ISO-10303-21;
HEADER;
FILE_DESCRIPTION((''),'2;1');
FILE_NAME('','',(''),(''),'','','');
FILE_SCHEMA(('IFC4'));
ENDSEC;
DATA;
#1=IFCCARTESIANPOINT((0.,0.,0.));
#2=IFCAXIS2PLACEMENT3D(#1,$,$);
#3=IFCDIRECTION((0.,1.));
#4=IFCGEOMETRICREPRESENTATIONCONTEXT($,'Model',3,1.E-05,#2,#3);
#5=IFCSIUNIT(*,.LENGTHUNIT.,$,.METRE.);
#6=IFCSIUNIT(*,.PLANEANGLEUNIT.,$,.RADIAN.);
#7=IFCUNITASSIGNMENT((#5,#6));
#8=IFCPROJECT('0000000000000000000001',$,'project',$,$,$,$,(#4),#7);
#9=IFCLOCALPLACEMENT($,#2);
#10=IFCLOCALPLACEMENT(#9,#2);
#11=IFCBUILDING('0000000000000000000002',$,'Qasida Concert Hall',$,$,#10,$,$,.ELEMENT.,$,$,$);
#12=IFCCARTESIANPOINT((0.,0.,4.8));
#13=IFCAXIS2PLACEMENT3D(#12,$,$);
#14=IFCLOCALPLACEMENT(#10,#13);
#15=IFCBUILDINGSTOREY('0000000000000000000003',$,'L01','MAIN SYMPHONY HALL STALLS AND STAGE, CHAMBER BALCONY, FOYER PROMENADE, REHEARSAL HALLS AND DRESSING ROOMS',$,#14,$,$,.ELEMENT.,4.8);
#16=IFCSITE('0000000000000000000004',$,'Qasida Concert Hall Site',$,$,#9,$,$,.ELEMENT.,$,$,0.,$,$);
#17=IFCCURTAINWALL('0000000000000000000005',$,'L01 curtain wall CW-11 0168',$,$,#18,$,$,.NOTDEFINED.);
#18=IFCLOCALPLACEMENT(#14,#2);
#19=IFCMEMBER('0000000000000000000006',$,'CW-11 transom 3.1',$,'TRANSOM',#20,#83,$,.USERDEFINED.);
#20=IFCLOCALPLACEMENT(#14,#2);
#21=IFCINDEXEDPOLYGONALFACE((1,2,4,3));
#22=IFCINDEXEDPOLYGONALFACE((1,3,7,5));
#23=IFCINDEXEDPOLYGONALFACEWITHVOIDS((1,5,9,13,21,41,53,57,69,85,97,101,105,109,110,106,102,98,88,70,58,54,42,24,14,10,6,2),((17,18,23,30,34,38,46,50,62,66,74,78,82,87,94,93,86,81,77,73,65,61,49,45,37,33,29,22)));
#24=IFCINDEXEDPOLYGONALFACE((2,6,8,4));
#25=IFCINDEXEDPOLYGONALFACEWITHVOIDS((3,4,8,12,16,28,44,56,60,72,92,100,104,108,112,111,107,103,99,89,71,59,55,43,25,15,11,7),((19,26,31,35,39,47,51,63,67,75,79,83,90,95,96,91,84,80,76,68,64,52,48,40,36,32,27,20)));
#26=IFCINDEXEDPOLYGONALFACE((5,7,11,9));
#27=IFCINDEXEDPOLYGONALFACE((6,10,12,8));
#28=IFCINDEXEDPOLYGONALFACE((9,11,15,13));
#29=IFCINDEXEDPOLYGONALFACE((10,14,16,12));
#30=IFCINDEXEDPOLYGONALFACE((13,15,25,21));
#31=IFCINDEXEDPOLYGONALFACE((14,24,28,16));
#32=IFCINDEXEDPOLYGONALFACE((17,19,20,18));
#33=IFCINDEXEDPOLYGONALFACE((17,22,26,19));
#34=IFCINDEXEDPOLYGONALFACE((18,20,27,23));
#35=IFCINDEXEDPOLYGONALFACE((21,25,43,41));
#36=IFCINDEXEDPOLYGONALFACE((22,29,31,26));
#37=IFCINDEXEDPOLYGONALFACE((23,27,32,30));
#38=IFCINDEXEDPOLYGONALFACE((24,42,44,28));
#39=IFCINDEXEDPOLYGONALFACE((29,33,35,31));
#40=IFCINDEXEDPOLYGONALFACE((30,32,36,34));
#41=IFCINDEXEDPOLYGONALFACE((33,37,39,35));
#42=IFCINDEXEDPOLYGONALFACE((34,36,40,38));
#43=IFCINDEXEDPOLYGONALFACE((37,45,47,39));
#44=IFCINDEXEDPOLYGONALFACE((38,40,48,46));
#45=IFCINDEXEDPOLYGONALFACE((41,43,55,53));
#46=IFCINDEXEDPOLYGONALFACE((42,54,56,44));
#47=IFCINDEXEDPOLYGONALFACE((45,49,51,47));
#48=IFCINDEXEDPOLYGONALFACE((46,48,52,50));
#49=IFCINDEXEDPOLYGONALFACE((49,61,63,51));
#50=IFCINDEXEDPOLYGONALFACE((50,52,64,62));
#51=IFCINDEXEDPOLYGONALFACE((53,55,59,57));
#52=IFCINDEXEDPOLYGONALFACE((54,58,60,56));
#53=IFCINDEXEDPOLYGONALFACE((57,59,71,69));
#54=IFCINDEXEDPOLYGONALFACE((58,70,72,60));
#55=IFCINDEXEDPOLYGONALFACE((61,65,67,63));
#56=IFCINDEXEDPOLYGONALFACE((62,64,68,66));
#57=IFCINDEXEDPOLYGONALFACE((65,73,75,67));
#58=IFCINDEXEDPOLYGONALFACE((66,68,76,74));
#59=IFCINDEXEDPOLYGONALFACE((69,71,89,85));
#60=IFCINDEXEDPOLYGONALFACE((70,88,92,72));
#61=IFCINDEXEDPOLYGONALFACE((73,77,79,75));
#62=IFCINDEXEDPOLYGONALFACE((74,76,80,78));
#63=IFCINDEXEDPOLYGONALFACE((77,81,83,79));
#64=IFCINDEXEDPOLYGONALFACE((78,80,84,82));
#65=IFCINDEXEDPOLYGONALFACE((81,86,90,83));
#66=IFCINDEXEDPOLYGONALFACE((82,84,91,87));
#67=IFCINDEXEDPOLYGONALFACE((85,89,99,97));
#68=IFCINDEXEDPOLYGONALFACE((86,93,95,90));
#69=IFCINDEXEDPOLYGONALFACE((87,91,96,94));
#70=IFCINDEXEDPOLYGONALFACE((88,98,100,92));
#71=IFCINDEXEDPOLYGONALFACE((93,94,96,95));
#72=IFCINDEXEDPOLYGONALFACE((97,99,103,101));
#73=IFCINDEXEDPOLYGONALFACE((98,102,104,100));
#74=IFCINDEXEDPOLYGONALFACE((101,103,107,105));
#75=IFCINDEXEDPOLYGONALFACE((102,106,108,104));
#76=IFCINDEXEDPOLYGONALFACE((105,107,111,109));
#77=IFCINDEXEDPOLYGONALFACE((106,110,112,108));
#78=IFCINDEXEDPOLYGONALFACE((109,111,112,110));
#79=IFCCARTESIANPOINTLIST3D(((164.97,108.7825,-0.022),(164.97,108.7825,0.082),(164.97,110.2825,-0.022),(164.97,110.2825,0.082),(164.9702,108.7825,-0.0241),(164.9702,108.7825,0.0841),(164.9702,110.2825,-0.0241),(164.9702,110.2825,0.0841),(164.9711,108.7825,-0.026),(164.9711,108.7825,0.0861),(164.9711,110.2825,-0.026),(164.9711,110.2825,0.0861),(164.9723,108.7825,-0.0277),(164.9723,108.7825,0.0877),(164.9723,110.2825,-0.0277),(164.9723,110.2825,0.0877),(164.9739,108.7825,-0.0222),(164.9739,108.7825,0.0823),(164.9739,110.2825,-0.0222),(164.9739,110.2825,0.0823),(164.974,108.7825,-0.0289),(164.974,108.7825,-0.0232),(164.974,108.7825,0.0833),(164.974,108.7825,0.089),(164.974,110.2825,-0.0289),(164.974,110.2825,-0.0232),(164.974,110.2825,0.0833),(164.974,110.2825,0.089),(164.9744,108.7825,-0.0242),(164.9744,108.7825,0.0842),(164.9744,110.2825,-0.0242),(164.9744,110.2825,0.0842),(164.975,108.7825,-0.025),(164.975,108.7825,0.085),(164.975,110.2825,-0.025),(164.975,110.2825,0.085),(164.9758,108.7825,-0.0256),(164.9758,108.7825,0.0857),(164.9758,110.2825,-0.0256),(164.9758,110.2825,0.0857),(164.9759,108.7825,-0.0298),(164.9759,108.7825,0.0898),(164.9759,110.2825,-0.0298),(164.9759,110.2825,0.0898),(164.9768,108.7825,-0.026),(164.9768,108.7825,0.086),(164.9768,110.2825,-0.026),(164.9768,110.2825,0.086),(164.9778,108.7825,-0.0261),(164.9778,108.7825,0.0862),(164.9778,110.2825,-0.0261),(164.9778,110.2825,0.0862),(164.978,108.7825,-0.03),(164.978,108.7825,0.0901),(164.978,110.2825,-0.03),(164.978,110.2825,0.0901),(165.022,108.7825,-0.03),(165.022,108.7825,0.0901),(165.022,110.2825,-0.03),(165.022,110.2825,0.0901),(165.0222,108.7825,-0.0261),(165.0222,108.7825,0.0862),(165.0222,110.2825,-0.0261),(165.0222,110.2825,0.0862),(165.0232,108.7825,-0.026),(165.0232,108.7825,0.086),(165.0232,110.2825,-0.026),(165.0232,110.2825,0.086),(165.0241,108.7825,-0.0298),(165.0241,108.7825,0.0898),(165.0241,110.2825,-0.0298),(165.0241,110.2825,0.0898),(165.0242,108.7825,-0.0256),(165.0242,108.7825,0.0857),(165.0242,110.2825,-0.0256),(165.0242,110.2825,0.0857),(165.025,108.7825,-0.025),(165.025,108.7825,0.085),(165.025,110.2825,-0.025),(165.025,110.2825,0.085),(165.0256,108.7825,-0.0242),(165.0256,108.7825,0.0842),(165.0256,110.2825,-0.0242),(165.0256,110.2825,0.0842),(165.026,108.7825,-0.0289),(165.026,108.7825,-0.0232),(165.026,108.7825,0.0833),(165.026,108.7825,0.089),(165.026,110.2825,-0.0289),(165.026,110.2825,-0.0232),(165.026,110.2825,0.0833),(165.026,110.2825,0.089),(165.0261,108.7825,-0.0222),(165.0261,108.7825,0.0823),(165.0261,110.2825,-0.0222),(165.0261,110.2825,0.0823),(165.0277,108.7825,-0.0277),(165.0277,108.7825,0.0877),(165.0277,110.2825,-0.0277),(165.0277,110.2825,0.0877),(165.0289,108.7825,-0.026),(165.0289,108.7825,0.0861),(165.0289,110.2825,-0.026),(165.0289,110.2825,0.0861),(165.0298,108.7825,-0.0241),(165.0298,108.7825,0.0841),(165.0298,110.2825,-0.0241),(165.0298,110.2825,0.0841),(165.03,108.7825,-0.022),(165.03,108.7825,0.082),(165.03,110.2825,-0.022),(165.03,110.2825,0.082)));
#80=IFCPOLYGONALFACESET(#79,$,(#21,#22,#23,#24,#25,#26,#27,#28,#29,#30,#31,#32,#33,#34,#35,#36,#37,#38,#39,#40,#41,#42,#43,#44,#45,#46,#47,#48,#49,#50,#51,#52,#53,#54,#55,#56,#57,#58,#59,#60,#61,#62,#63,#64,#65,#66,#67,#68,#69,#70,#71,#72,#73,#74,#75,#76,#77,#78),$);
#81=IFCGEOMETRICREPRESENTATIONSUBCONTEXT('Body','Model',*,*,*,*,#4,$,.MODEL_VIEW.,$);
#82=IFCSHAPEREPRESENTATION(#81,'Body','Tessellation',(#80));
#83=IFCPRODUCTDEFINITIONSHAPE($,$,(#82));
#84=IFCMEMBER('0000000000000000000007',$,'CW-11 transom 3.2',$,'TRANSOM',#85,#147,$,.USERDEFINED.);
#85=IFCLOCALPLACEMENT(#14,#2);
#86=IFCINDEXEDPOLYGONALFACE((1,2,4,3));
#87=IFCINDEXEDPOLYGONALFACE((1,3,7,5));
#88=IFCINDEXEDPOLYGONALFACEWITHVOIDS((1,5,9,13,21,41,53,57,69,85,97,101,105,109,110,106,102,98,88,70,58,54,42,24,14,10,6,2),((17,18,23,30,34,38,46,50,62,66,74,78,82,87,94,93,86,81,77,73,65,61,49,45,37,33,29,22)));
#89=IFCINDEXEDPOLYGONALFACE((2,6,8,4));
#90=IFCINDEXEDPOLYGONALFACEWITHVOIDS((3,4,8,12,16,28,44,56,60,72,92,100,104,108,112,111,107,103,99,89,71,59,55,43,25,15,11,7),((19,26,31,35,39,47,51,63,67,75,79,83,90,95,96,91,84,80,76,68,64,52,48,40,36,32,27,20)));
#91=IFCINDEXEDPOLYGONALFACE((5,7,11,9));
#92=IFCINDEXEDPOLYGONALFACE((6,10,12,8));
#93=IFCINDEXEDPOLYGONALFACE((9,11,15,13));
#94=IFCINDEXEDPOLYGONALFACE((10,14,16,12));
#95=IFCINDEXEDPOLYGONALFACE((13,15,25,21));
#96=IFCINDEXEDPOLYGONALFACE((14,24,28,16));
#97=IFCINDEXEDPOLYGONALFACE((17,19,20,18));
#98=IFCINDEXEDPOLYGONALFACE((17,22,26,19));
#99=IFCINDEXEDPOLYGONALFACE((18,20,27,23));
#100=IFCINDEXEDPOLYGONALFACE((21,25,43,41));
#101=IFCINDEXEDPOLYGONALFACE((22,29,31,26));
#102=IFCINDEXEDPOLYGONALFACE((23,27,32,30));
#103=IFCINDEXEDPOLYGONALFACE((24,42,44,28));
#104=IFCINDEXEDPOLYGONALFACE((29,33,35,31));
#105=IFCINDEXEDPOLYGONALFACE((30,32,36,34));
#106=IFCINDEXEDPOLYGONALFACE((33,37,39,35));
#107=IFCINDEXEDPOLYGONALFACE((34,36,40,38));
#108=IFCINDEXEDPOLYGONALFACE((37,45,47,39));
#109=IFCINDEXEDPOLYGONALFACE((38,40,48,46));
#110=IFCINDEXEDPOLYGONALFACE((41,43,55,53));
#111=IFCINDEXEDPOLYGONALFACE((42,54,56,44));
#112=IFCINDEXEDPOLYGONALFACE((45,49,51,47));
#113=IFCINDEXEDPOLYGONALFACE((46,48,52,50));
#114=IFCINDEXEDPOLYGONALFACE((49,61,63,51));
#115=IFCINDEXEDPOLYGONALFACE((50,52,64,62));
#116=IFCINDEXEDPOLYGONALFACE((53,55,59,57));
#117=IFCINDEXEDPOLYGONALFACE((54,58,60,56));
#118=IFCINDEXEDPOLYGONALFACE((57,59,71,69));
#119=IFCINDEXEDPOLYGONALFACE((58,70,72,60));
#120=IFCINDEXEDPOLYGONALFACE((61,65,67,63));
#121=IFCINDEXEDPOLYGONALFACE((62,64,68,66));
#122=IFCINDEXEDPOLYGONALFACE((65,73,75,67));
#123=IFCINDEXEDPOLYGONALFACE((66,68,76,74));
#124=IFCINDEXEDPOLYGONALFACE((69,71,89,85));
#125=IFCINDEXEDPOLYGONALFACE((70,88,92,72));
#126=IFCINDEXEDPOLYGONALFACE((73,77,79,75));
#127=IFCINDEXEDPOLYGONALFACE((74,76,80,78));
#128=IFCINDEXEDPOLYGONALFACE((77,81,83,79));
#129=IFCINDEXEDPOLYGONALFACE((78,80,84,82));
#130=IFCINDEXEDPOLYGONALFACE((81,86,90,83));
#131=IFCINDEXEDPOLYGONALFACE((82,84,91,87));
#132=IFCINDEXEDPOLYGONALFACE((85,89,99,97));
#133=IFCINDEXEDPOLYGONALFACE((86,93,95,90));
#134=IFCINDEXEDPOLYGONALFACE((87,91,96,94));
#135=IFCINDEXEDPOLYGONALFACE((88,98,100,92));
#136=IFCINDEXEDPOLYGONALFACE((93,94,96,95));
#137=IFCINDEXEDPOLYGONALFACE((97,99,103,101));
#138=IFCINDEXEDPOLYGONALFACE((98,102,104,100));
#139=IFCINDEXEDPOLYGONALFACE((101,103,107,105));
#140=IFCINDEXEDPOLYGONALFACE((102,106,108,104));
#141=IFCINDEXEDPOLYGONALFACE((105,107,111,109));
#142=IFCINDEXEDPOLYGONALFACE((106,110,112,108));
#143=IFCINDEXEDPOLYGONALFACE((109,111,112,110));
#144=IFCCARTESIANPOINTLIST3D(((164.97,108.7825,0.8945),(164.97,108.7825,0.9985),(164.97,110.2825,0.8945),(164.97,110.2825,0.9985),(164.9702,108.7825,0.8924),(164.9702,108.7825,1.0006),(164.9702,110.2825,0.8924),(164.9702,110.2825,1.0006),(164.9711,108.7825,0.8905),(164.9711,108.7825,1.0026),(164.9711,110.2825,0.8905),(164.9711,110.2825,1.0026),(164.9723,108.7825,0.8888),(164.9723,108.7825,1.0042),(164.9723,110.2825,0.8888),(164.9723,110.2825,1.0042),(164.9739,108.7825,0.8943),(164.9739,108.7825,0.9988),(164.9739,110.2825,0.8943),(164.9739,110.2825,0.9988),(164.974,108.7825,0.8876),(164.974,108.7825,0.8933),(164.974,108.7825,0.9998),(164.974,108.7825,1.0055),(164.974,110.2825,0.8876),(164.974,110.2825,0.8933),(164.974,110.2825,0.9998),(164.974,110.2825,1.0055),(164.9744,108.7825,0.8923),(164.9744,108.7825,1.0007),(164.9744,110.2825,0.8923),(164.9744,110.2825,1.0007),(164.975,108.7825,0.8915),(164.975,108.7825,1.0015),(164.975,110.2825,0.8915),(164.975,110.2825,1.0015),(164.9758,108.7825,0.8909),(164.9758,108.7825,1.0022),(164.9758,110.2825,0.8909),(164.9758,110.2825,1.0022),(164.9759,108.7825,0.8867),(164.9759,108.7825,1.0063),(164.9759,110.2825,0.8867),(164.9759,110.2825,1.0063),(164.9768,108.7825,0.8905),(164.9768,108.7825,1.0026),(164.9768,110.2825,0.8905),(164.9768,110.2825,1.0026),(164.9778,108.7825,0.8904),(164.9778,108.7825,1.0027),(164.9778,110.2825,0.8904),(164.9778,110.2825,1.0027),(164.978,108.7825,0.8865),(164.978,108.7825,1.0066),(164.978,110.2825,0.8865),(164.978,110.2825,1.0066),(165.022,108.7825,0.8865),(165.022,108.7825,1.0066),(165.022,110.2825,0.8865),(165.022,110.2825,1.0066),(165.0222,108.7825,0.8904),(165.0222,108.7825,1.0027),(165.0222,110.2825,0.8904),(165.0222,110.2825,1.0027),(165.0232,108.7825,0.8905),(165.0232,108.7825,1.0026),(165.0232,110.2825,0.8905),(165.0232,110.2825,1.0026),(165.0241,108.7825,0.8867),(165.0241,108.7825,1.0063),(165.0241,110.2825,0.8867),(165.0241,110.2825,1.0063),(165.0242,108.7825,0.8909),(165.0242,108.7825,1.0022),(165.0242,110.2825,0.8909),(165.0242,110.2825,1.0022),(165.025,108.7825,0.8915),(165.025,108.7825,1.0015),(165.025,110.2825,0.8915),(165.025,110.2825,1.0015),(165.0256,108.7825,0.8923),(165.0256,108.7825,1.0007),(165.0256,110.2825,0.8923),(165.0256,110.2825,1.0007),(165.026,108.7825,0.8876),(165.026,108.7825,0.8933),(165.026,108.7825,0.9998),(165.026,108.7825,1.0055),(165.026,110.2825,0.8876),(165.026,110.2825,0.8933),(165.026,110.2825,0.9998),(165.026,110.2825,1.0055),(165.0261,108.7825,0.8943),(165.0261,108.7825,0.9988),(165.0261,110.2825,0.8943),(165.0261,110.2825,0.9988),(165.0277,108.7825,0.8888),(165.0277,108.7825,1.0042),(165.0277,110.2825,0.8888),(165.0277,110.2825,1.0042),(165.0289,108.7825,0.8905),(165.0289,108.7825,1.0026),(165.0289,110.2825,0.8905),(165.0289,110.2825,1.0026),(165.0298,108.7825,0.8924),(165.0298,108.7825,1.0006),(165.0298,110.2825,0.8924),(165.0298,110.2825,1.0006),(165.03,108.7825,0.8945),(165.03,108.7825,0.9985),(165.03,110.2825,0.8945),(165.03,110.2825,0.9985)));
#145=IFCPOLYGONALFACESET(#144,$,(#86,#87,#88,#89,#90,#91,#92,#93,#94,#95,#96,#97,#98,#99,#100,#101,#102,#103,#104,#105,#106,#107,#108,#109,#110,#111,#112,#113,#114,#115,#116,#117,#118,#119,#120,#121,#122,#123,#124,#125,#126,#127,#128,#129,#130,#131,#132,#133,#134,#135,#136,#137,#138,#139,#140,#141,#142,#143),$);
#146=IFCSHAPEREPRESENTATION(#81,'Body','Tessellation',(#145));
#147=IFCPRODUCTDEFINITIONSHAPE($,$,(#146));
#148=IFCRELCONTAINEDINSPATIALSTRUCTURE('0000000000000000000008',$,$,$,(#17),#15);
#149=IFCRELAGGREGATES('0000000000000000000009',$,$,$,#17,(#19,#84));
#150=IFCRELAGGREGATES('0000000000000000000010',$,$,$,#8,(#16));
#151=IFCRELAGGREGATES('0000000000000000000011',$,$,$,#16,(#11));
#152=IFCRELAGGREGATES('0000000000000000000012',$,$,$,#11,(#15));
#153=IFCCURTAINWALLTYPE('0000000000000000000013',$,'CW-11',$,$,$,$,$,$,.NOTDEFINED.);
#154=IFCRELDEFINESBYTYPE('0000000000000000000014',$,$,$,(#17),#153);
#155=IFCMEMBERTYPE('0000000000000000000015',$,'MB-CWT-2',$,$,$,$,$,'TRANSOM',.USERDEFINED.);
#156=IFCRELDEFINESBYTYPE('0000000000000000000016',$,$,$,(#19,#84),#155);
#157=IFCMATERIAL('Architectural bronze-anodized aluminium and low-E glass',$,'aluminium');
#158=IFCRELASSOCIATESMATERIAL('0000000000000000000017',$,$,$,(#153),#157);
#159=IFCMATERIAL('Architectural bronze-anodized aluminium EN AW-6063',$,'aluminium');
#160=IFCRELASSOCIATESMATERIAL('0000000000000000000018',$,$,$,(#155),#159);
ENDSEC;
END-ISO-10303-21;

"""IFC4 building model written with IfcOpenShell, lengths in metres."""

from ifc_helpers import new_model, si_unit, direction, frame, origin, origin_2d, place, context, subcontext, project, spatial, hollow_rectangle, extrude, material, material_profile, profile_set, type_object, element, aggregate, save


model = new_model("IFC4")

# Units and contexts
model_context = context("Model", 3, precision=1e-05, world=origin(), true_north=direction((0.0, 1.0)))
body_context = subcontext(model_context, "Body", "Model", "MODEL_VIEW")
ifc_project = project(units=[si_unit("LENGTHUNIT", "METRE"), si_unit("PLANEANGLEUNIT", "RADIAN")], contexts=[model_context])

# Site, building, storey
site_placement = place(None, origin())
site = spatial("IfcSite", under=ifc_project, at=site_placement, Name="Qasida Concert Hall Site", CompositionType="ELEMENT", RefElevation=0.0)
building_placement = place(site_placement, origin())
building = spatial("IfcBuilding", under=site, at=building_placement, Name="Qasida Concert Hall", CompositionType="ELEMENT")
storey_placement = place(building_placement, frame((0.0, 0.0, 4.8)))
storey = spatial("IfcBuildingStorey", under=building, at=storey_placement, Name="L01", Description="MAIN SYMPHONY HALL STALLS AND STAGE, CHAMBER BALCONY, FOYER PROMENADE, REHEARSAL HALLS AND DRESSING ROOMS", CompositionType="ELEMENT", Elevation=4.8)

# Curtain wall, members
ifc_material_1 = material(Name="Architectural bronze-anodized aluminium and low-E glass", Category="aluminium")
curtain_wall_type = type_object("IfcCurtainWallType", Name="CW-11", PredefinedType="NOTDEFINED", material=ifc_material_1)
curtain_wall_placement = place(storey_placement, origin())
curtain_wall = element("IfcCurtainWall", 1, at=curtain_wall_placement, inside=storey, type_object=curtain_wall_type, Name="L01 curtain wall CW-11 0168", PredefinedType="NOTDEFINED")
ifc_material_2 = material(Name="Architectural bronze-anodized aluminium EN AW-6063", Category="aluminium")
ifc_material_profile_1 = material_profile(ifc_material_2, hollow_rectangle(XDim=0.0601, YDim=0.1201, WallThickness=0.0039, InnerFilletRadius=0.0039, OuterFilletRadius=0.0081, at=origin_2d()), Name="CWT 120x60x4")
ifc_profile_set_1 = profile_set([ifc_material_profile_1], Name="Architectural bronze-anodized aluminium EN AW-6063")
member_type_1 = type_object("IfcMemberType", Name="MB-CWT-2", ElementType="TRANSOM", PredefinedType="USERDEFINED", material=ifc_profile_set_1)
member_1_placement = place(storey_placement, frame((165.0, 108.7825, 0.03), z_axis=(0.0, 1.0, 0.0), x_axis=(-1.0, 0.0, 0.0)))
member_1 = element("IfcMember", 2, at=member_1_placement, type_object=member_type_1, Name="CW-11 transom 3.1", ObjectType="TRANSOM", PredefinedType="USERDEFINED", context=body_context, shape_type="SweptSolid", body=[
    extrude(hollow_rectangle(XDim=0.0601, YDim=0.1201, WallThickness=0.0039, InnerFilletRadius=0.0039, OuterFilletRadius=0.0081, at=origin_2d()), origin(), (0.0, 0.0, 1.0), 1.5),
])
member_2_placement = place(storey_placement, frame((165.0, 108.7825, 0.9465), z_axis=(0.0, 1.0, 0.0), x_axis=(-1.0, 0.0, 0.0)))
member_2 = element("IfcMember", 3, at=member_2_placement, type_object=member_type_1, Name="CW-11 transom 3.2", ObjectType="TRANSOM", PredefinedType="USERDEFINED", context=body_context, shape_type="SweptSolid", body=[
    extrude(hollow_rectangle(XDim=0.0601, YDim=0.1201, WallThickness=0.0039, InnerFilletRadius=0.0039, OuterFilletRadius=0.0081, at=origin_2d()), origin(), (0.0, 0.0, 1.0), 1.5),
])
aggregate(curtain_wall, [member_1, member_2])

save(model, "model.ifc")
